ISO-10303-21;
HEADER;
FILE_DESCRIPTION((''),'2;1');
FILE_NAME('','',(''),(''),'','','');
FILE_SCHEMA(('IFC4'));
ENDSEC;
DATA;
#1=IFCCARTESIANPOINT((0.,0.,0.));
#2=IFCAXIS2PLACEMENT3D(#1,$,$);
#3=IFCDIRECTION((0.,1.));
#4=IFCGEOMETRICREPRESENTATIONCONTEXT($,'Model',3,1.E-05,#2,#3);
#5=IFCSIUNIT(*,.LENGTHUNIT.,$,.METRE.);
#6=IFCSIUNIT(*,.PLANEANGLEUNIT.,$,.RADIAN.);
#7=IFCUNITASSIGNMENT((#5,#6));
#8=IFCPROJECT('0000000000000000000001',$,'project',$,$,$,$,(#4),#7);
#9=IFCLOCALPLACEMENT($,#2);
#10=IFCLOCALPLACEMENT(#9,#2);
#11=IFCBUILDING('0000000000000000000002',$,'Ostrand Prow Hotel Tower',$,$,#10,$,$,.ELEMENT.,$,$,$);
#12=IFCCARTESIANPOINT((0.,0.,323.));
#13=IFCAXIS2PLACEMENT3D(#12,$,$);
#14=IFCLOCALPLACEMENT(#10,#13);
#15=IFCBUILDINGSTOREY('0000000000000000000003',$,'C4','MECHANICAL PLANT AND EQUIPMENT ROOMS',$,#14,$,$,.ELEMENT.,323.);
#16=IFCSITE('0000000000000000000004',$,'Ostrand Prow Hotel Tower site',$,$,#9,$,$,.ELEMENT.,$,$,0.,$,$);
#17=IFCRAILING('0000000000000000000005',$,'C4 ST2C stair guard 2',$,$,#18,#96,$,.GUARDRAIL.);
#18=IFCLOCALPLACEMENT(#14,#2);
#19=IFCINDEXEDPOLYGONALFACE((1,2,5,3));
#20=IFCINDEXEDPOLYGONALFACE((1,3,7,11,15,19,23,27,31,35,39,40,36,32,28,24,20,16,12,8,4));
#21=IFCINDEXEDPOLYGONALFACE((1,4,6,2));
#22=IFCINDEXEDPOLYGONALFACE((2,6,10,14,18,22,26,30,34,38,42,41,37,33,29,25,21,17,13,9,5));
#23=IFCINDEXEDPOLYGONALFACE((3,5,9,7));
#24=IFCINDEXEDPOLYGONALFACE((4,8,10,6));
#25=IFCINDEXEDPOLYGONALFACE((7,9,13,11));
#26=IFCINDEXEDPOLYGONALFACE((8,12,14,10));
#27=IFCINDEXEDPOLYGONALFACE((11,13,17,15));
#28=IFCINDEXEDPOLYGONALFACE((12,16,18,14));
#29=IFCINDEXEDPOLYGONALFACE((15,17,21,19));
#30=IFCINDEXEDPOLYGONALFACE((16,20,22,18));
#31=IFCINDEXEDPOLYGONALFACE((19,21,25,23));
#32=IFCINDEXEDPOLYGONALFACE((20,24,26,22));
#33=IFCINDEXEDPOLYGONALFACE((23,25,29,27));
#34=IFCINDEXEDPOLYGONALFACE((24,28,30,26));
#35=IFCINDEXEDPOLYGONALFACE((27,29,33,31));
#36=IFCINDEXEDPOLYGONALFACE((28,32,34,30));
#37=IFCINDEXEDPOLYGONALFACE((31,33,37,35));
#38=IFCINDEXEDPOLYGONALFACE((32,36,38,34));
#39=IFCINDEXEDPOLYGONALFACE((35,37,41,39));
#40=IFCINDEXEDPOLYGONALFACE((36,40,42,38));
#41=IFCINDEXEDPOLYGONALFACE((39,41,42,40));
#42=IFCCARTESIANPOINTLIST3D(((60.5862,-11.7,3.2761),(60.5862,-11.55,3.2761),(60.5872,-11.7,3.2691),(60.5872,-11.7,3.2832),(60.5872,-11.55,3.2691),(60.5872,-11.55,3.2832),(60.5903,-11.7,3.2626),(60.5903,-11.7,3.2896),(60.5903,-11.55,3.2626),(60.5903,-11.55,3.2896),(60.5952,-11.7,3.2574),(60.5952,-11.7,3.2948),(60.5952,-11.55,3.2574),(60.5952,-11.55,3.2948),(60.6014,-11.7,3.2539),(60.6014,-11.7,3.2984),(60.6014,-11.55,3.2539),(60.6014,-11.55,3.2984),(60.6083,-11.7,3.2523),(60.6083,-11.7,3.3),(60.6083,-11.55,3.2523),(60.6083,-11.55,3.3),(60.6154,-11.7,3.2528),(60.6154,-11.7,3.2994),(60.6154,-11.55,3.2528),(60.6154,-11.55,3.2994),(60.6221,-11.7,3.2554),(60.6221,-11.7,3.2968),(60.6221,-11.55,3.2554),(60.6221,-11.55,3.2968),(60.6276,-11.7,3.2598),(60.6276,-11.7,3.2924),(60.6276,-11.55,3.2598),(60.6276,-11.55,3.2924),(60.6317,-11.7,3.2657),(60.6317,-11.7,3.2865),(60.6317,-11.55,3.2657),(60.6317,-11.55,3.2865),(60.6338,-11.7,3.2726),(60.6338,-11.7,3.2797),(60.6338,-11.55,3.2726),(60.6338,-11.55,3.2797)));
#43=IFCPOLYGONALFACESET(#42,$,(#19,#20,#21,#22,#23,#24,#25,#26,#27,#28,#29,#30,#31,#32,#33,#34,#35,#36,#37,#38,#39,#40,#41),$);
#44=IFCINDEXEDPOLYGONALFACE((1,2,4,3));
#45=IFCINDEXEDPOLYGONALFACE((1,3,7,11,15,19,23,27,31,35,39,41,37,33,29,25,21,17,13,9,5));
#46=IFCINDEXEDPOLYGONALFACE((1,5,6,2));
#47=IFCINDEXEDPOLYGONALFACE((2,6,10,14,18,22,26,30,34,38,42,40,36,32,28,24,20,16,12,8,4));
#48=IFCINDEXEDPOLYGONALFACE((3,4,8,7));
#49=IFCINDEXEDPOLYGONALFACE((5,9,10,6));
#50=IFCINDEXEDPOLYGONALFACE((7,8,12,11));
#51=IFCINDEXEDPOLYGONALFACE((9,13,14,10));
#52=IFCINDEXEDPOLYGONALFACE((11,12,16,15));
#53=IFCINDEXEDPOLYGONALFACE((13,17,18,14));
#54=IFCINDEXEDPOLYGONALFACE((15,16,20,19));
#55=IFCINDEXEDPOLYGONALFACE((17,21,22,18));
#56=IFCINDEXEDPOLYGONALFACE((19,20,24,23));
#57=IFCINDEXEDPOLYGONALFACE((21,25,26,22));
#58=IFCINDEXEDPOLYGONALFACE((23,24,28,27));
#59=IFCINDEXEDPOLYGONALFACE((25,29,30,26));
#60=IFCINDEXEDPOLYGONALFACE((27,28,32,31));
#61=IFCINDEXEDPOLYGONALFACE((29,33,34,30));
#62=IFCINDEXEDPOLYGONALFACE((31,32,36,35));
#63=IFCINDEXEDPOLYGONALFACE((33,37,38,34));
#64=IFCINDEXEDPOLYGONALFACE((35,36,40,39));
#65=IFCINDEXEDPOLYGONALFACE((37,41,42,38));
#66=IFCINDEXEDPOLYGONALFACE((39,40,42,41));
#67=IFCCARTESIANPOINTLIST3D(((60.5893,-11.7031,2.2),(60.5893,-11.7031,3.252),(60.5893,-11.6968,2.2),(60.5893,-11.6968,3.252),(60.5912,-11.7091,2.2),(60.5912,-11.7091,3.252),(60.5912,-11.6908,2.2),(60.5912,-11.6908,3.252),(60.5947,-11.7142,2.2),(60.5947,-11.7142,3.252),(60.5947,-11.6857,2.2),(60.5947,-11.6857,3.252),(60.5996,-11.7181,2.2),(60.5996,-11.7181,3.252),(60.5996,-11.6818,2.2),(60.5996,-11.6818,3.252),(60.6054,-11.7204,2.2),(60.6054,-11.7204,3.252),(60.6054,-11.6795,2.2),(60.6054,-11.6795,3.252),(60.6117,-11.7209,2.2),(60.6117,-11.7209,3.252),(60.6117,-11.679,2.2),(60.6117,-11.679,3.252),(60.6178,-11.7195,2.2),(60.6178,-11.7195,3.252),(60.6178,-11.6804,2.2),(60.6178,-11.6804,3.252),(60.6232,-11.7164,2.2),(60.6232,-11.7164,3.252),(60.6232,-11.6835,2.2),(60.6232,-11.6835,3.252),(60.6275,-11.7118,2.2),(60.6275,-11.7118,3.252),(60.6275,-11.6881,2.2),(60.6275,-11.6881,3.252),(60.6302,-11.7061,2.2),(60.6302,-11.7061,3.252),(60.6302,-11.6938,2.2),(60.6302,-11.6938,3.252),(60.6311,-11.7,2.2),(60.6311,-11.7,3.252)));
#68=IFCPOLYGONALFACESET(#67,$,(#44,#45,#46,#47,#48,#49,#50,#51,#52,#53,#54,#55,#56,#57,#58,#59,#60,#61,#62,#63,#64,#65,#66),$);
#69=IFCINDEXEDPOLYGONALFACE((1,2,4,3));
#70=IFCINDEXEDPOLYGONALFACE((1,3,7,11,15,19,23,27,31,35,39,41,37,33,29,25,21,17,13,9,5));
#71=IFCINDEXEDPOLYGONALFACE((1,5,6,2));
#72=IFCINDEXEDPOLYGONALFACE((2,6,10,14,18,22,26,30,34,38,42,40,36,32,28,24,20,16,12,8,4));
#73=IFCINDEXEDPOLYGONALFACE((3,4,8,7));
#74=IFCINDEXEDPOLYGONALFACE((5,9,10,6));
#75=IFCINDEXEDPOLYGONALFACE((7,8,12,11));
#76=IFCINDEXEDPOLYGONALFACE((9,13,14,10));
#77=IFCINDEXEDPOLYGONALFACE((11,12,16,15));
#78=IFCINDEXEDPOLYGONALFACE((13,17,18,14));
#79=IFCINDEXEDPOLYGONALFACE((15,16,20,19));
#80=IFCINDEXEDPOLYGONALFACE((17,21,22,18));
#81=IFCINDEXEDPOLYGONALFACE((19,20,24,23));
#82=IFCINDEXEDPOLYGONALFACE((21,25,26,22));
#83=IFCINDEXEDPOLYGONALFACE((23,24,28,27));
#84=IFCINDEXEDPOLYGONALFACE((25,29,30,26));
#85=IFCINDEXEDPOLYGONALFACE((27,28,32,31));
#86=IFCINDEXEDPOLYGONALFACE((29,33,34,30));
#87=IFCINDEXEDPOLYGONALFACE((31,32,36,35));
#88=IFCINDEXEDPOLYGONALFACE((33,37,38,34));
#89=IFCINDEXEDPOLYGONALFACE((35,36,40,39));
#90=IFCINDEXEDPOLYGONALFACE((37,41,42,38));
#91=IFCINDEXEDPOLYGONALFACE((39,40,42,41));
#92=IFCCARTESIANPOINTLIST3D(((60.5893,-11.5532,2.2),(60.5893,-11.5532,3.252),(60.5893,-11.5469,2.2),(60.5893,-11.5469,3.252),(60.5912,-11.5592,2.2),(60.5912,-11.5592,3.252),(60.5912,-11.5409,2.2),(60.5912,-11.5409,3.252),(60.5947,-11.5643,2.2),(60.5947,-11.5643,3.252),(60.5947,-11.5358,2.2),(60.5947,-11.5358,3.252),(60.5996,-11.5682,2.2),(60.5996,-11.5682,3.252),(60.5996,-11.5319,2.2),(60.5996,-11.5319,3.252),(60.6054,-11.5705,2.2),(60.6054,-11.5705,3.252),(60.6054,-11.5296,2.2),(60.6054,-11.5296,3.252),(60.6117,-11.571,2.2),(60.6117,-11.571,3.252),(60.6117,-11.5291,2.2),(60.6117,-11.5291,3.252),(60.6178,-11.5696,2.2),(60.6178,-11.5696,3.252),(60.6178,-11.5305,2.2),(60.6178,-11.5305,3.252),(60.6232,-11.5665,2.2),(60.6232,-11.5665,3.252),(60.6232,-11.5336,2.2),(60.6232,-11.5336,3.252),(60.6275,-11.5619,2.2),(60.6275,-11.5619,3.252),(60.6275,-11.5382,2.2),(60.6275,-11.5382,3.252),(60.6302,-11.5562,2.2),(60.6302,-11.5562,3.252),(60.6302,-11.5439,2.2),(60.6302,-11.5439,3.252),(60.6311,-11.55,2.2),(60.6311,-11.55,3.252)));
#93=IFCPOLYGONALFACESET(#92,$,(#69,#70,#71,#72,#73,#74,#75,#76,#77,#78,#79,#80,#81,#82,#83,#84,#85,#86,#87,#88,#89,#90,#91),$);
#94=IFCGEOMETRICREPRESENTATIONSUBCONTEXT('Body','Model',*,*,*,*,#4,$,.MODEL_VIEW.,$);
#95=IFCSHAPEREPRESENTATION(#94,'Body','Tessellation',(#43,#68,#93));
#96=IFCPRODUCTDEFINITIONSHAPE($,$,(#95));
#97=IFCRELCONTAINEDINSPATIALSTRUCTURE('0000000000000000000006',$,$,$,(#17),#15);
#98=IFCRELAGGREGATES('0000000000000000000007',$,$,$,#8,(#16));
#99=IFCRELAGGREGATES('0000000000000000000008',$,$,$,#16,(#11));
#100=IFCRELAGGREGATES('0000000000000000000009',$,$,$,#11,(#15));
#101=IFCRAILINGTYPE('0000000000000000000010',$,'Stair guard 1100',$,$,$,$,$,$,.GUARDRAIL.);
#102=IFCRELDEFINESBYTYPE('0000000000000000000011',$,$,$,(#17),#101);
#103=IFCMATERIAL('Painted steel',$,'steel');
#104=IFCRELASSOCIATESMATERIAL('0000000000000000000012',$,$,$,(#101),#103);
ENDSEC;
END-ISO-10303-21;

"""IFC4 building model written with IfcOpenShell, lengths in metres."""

from ifc_helpers import new_model, si_unit, direction, frame, origin, origin_2d, place, context, subcontext, project, spatial, circle, extrude, material, type_object, element, save


model = new_model("IFC4")

# Units and contexts
model_context = context("Model", 3, precision=1e-05, world=origin(), true_north=direction((0.0, 1.0)))
body_context = subcontext(model_context, "Body", "Model", "MODEL_VIEW")
ifc_project = project(units=[si_unit("LENGTHUNIT", "METRE"), si_unit("PLANEANGLEUNIT", "RADIAN")], contexts=[model_context])

# Site, building, storey
site_placement = place(None, origin())
site = spatial("IfcSite", under=ifc_project, at=site_placement, Name="Ostrand Prow Hotel Tower site", CompositionType="ELEMENT", RefElevation=0.0)
building_placement = place(site_placement, origin())
building = spatial("IfcBuilding", under=site, at=building_placement, Name="Ostrand Prow Hotel Tower", CompositionType="ELEMENT")
storey_placement = place(building_placement, frame((0.0, 0.0, 323.0)))
storey = spatial("IfcBuildingStorey", under=building, at=storey_placement, Name="C4", Description="MECHANICAL PLANT AND EQUIPMENT ROOMS", CompositionType="ELEMENT", Elevation=323.0)

# Railing
ifc_material_1 = material(Name="Painted steel", Category="steel")
railing_type_1 = type_object("IfcRailingType", Name="Stair guard 1100", PredefinedType="GUARDRAIL", material=ifc_material_1)
railing_1_placement = place(storey_placement, frame((60.6101, -11.7, 2.2)))
element("IfcRailing", 1, at=railing_1_placement, inside=storey, type_object=railing_type_1, Name="C4 ST2C stair guard 2", PredefinedType="GUARDRAIL", context=body_context, shape_type="SweptSolid", body=[
    extrude(circle(Radius=0.0239, at=origin_2d()), frame((0.0, 0.0, 1.0762), z_axis=(0.0, 1.0, 0.0), x_axis=(-1.0, 0.0, 0.0)), (0.0, 0.0, 1.0), 0.1499),
    extrude(circle(Radius=0.021, at=origin_2d()), origin(), (0.0, 0.0, 1.0), 1.052),
    extrude(circle(Radius=0.021, at=origin_2d()), frame((0.0, 0.1499, 0.0)), (0.0, 0.0, 1.0), 1.052),
])

save(model, "model.ifc")
